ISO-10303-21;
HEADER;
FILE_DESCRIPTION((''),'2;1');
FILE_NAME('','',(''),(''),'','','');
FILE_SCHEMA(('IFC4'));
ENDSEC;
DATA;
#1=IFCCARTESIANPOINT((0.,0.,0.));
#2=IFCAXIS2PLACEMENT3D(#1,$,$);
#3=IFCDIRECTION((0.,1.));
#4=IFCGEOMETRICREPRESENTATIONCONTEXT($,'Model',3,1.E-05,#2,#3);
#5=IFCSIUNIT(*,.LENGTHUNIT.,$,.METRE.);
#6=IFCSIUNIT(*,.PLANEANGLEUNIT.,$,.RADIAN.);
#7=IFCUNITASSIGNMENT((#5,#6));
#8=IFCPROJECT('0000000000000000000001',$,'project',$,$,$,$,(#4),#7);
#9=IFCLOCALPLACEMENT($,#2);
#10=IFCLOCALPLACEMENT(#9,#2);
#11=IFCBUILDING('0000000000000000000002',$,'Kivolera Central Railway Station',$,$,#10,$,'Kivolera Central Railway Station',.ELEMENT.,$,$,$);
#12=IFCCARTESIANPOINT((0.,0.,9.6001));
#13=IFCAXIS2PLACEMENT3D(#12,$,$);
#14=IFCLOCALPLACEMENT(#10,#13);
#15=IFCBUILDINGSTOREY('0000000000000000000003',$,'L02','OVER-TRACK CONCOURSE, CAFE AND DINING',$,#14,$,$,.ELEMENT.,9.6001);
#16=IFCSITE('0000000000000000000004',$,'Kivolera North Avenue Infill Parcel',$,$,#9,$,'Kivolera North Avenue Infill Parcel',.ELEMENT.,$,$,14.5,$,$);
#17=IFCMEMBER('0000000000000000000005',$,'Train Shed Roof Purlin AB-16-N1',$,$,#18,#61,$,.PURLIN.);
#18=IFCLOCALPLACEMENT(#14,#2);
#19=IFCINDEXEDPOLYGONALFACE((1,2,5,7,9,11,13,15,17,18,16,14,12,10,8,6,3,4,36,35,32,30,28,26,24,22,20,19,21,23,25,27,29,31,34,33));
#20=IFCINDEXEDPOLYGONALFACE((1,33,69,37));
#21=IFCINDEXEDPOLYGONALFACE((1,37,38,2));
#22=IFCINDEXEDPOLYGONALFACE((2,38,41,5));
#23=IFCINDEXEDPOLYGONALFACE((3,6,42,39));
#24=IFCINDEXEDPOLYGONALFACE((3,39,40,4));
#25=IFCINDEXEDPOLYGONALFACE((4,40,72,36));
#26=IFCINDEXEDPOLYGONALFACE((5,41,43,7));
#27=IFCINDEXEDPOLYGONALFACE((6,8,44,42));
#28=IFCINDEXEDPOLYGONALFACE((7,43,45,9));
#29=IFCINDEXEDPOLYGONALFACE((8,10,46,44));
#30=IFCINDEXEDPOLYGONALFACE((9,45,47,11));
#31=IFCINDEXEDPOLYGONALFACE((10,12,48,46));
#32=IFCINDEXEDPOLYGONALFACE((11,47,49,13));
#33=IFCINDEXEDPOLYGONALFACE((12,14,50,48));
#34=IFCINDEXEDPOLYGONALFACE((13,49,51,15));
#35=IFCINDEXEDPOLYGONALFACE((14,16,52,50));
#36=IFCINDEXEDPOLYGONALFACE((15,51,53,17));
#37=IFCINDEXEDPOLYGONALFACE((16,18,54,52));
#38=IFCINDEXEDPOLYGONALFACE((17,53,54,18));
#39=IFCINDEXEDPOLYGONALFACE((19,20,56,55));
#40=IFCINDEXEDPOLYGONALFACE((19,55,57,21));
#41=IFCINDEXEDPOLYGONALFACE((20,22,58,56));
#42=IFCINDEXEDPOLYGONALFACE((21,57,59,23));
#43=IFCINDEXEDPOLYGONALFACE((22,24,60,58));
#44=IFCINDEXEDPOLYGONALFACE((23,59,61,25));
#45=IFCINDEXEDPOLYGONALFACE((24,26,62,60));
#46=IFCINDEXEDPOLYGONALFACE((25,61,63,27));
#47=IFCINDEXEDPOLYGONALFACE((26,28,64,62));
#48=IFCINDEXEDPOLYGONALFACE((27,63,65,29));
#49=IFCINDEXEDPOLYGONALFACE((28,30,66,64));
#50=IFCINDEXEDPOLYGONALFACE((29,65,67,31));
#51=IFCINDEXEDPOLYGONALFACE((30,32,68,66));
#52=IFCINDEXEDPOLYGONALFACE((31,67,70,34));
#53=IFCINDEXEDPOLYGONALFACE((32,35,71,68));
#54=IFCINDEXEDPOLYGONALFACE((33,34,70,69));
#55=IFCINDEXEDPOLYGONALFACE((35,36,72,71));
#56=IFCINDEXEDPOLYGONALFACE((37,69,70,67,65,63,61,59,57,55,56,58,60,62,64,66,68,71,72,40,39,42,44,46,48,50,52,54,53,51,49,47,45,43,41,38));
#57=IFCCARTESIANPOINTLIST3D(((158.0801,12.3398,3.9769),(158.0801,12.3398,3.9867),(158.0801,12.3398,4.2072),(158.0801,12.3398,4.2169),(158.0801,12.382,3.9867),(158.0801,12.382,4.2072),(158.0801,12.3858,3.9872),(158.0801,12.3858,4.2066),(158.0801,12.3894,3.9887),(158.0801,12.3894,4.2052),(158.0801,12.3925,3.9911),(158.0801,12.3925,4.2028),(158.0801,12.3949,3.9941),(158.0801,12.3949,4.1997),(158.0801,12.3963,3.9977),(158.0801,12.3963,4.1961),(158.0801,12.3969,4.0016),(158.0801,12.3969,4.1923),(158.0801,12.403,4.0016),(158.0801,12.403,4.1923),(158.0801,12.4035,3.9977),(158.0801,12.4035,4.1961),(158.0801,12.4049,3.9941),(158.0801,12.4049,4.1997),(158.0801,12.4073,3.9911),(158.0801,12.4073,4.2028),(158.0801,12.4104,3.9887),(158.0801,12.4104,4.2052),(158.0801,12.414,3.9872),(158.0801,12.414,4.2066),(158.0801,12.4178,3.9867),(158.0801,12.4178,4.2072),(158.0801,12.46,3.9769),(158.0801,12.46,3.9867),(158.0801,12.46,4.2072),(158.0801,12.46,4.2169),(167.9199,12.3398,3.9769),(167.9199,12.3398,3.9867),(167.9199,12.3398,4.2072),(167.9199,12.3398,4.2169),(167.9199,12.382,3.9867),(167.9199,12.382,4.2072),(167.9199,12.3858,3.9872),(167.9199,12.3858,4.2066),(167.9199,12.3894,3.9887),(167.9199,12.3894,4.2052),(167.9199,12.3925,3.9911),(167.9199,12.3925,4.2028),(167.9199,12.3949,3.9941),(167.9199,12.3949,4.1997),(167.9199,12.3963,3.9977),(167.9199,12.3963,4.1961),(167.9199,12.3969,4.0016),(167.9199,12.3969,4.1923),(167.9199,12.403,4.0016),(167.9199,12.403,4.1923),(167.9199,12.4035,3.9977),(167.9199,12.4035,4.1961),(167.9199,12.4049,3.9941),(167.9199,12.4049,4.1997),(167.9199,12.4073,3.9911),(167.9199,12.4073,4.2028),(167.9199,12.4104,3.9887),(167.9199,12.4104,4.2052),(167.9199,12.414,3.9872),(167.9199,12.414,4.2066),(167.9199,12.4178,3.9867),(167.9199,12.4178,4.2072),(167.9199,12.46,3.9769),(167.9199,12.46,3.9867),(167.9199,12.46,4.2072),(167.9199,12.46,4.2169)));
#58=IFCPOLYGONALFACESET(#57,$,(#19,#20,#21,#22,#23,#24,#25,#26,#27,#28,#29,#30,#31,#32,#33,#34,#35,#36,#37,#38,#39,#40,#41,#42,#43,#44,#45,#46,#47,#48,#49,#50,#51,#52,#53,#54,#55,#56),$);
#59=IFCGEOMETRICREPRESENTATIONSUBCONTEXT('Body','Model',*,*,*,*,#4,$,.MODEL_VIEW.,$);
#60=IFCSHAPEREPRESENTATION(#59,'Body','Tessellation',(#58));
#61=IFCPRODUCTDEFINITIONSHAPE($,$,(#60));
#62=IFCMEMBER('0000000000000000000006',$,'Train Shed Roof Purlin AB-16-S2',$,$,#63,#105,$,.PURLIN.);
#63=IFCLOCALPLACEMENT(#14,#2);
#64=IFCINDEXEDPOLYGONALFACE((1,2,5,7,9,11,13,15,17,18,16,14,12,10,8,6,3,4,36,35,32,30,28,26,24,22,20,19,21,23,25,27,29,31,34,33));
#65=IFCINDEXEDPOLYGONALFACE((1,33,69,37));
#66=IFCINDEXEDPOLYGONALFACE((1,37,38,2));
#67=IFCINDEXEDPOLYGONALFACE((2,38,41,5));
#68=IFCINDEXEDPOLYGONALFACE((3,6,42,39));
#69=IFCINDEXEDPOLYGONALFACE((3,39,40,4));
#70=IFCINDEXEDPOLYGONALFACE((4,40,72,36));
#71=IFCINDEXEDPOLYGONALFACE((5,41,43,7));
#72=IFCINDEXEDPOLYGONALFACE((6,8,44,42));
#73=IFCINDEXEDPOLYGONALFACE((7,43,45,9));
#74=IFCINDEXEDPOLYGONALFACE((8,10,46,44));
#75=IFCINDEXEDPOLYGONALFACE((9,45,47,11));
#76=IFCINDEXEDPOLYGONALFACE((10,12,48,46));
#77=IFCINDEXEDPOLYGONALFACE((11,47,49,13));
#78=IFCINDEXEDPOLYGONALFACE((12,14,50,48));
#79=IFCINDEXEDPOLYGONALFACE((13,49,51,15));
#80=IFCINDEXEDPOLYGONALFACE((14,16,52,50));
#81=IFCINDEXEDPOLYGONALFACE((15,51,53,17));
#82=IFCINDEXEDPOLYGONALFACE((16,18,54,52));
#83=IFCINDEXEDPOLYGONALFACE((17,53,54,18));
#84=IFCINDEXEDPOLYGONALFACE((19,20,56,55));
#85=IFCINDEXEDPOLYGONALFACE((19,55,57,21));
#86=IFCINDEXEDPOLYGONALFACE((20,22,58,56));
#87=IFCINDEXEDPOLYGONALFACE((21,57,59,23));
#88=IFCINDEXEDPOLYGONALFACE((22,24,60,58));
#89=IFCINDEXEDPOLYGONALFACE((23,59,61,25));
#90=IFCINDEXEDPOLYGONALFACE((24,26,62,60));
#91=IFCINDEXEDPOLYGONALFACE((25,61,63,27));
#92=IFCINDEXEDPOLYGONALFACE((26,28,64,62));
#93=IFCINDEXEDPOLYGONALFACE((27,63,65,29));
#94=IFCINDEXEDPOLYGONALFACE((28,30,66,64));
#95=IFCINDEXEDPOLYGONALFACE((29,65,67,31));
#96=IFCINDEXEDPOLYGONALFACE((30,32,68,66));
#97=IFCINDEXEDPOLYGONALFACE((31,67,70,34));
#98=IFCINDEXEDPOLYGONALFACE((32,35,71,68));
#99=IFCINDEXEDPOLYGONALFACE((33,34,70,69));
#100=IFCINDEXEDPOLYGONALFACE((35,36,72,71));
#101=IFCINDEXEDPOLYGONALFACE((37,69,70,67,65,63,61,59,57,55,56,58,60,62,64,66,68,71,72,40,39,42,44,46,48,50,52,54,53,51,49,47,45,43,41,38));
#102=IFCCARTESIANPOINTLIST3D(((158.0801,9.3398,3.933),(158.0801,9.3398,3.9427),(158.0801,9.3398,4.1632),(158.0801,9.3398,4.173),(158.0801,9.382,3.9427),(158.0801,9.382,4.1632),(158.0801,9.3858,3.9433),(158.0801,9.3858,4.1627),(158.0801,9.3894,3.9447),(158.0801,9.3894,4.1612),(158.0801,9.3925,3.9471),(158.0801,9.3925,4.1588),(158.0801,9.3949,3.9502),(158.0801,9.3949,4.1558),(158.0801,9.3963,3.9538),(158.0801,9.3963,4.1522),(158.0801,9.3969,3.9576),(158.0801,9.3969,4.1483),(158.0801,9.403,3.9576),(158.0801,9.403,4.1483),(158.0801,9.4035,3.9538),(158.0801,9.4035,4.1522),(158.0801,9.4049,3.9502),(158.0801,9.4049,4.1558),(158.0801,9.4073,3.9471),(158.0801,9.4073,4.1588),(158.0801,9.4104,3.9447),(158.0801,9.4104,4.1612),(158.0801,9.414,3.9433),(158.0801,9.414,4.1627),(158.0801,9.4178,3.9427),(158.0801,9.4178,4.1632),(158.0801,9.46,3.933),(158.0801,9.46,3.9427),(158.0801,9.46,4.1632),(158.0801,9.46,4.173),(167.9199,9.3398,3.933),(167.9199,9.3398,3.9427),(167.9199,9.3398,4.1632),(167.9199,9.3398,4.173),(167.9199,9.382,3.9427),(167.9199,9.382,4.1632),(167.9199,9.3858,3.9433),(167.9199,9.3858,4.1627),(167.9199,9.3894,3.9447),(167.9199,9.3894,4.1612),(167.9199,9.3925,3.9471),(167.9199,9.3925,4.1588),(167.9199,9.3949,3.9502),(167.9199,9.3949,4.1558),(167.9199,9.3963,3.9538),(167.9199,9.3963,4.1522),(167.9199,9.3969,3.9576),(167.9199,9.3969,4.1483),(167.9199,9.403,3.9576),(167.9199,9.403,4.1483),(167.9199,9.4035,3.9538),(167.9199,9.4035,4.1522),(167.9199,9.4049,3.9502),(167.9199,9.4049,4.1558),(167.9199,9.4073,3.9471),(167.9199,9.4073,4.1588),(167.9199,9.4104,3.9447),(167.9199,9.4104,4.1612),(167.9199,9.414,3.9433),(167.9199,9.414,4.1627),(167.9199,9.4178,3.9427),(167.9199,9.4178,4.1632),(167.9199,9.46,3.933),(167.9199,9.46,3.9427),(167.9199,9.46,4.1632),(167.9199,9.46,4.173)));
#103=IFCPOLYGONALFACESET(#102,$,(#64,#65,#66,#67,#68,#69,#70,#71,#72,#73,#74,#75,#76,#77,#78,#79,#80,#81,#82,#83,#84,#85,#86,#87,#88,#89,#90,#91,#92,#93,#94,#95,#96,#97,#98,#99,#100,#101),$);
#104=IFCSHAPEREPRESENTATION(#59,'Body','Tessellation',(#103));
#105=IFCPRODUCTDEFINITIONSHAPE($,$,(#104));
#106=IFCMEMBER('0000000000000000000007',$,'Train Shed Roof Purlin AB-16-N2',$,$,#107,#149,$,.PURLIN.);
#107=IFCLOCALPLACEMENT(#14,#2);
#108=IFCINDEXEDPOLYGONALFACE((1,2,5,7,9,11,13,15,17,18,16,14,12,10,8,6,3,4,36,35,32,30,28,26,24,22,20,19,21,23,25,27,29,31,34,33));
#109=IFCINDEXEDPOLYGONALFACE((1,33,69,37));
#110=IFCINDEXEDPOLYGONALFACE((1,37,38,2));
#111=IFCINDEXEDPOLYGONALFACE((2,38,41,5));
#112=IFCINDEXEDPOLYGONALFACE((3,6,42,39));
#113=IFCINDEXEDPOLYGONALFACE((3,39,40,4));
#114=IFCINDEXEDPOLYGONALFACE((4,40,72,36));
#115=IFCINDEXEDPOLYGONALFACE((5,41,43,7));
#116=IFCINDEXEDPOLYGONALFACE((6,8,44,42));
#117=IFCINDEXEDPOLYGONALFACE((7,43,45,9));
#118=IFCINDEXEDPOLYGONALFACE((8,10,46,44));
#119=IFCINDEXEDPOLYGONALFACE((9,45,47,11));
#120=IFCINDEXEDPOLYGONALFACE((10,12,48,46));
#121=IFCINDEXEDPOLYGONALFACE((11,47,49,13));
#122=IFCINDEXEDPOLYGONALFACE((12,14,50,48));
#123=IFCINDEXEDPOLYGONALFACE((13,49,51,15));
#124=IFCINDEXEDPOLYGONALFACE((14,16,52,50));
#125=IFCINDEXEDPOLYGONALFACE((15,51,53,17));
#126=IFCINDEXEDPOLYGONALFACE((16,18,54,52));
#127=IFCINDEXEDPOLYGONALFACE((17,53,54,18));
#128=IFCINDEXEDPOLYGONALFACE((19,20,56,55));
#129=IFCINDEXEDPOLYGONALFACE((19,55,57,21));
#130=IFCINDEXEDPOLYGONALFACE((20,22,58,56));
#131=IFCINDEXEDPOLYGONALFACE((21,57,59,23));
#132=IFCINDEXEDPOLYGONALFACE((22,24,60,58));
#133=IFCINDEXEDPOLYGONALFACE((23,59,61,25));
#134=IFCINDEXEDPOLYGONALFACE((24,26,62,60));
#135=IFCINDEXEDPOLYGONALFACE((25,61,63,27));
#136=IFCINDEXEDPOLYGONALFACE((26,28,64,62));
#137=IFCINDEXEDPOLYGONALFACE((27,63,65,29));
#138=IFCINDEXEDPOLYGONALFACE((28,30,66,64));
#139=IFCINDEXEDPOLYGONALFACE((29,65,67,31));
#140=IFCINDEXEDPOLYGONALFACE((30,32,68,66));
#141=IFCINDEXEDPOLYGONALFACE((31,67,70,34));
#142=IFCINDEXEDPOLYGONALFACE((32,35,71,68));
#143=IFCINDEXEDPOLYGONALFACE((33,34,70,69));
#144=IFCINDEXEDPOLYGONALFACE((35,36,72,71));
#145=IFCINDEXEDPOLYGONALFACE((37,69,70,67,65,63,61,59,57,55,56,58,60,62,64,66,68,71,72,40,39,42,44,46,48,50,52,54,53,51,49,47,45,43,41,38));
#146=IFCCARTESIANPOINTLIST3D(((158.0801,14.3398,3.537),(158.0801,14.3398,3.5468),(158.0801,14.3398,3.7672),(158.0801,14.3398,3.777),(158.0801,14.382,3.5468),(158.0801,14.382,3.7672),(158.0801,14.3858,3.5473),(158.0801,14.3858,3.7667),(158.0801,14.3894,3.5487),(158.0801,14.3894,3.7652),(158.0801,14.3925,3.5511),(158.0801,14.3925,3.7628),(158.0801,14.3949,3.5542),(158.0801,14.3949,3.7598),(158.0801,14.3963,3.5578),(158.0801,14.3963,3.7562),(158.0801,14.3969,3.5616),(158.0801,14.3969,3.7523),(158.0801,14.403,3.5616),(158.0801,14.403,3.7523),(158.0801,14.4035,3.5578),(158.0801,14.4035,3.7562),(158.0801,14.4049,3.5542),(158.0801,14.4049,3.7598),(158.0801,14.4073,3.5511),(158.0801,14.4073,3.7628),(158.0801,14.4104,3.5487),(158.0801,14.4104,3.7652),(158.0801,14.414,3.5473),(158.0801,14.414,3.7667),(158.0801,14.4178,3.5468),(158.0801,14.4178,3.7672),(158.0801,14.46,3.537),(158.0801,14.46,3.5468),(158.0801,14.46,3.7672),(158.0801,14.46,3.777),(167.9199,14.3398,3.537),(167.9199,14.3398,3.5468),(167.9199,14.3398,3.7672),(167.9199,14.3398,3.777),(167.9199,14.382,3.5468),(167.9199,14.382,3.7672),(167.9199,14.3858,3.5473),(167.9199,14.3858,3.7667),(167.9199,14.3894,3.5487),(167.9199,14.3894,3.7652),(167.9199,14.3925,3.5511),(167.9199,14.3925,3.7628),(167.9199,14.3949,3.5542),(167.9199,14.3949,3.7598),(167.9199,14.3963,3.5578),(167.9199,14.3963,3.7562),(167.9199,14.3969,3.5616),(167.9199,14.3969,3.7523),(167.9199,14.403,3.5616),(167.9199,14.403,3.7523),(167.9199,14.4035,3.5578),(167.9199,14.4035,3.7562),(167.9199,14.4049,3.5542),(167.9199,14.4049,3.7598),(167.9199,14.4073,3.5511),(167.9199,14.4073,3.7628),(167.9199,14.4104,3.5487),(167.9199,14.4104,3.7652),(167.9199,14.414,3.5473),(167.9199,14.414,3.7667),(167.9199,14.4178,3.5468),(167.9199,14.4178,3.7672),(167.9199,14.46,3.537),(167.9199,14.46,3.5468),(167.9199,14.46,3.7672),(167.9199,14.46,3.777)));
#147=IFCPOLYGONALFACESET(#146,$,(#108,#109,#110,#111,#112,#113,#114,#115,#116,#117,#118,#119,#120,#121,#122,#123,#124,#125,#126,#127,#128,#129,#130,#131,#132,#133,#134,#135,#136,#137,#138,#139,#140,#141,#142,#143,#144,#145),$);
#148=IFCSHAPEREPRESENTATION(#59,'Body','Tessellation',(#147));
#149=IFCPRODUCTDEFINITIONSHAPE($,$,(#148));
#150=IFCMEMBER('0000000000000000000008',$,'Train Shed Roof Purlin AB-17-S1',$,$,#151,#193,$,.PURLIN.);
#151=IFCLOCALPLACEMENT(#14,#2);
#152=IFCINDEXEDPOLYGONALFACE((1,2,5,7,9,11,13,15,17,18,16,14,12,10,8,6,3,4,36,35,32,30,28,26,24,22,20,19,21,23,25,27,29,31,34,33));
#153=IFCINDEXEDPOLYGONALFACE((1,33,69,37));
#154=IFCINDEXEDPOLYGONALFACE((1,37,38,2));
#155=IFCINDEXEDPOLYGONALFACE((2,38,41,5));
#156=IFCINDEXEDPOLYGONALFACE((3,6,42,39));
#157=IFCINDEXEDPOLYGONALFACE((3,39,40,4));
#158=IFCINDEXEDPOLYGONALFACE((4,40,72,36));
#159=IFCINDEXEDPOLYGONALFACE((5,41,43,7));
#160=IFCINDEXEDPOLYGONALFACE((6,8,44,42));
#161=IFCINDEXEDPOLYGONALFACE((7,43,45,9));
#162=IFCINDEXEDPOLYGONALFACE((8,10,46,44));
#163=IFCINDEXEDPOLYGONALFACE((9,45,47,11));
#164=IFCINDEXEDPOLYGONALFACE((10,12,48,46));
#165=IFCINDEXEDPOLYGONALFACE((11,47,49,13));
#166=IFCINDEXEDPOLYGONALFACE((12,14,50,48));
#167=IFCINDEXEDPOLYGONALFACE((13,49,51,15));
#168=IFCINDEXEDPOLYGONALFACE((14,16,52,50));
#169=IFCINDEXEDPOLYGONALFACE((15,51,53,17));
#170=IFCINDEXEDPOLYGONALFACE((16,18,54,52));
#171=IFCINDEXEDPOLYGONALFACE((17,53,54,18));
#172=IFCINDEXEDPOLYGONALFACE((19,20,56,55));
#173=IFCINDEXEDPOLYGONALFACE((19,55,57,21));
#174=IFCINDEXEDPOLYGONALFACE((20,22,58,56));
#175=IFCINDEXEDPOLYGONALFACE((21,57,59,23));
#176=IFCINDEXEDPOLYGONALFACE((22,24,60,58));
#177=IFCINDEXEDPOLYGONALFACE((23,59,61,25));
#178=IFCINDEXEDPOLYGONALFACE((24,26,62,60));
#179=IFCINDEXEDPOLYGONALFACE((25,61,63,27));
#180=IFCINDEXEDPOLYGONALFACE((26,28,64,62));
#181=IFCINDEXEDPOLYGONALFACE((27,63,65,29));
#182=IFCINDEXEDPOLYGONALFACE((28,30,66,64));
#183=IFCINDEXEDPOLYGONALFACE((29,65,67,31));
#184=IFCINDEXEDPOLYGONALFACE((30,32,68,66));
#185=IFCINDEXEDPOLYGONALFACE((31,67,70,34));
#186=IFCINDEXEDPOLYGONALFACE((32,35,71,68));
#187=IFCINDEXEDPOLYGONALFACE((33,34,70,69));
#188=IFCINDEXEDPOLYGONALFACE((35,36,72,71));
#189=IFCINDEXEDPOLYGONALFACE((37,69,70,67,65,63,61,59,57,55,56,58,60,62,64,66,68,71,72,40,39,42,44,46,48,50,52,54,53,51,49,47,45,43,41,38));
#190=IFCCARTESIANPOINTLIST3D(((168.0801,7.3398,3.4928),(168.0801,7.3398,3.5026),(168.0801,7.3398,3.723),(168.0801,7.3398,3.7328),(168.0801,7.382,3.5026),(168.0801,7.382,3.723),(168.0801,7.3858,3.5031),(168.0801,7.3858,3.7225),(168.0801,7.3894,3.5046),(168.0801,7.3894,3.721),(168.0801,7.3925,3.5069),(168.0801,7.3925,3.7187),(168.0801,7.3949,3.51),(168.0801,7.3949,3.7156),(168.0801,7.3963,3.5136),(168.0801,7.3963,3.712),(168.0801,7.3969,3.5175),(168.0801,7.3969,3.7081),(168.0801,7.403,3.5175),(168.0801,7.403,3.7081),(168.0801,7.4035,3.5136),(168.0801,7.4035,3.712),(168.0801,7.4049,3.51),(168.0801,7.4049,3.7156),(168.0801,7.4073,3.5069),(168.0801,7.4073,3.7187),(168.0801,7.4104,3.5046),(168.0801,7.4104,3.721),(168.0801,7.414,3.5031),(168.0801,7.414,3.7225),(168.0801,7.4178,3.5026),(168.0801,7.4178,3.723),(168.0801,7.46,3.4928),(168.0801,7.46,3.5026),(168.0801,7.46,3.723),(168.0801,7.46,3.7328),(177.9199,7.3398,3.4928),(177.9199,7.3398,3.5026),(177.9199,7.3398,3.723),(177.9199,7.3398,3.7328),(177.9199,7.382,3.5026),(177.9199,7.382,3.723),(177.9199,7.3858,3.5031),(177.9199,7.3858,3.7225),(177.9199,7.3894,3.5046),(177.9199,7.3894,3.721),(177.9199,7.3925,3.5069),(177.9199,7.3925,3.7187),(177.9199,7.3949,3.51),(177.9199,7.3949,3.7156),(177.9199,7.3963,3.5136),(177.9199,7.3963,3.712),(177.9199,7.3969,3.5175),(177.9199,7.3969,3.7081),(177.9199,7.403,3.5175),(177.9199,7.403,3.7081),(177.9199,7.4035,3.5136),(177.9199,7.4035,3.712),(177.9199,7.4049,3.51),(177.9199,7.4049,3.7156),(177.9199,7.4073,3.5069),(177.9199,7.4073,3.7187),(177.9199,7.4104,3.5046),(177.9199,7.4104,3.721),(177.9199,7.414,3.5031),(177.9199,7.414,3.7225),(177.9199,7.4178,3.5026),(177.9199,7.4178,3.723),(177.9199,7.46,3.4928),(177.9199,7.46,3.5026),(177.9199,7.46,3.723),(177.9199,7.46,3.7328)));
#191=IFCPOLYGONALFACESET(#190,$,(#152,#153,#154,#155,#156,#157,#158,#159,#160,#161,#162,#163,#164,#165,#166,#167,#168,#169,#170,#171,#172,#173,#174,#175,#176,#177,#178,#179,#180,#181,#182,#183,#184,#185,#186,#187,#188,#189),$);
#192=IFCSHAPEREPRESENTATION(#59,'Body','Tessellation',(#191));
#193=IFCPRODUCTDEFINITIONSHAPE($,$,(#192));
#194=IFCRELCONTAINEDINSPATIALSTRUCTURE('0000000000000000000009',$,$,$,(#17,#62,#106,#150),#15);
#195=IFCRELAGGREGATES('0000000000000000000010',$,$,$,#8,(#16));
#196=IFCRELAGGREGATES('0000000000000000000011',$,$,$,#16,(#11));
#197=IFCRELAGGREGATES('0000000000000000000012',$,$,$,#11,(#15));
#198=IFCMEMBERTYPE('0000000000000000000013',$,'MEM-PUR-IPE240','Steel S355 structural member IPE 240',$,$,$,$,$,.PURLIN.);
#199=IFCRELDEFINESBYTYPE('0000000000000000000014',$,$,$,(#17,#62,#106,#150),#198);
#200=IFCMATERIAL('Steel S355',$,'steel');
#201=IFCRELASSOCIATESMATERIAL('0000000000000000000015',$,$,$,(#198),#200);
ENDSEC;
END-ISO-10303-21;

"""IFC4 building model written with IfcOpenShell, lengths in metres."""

from ifc_helpers import new_model, si_unit, direction, frame, origin, origin_2d, place, context, subcontext, project, spatial, i_section, extrude, material, material_profile, profile_set, type_object, element, save


model = new_model("IFC4")

# Units and contexts
model_context = context("Model", 3, precision=1e-05, world=origin(), true_north=direction((0.0, 1.0)))
body_context = subcontext(model_context, "Body", "Model", "MODEL_VIEW")
ifc_project = project(units=[si_unit("LENGTHUNIT", "METRE"), si_unit("PLANEANGLEUNIT", "RADIAN")], contexts=[model_context])

# Site, building, storey
site_placement = place(None, origin())
site = spatial("IfcSite", under=ifc_project, at=site_placement, Name="Kivolera North Avenue Infill Parcel", LongName="Kivolera North Avenue Infill Parcel", CompositionType="ELEMENT", RefElevation=14.5)
building_placement = place(site_placement, origin())
building = spatial("IfcBuilding", under=site, at=building_placement, Name="Kivolera Central Railway Station", LongName="Kivolera Central Railway Station", CompositionType="ELEMENT")
storey_placement = place(building_placement, frame((0.0, 0.0, 9.6001)))
storey = spatial("IfcBuildingStorey", under=building, at=storey_placement, Name="L02", Description="OVER-TRACK CONCOURSE, CAFE AND DINING", CompositionType="ELEMENT", Elevation=9.6001)

# Shared definitions
ifc_material_1 = material(Name="Steel S355", Category="steel")

# Members
ifc_material_profile_1 = material_profile(ifc_material_1, i_section(OverallWidth=0.1201, OverallDepth=0.24, WebThickness=0.0061, FlangeThickness=0.0098, FilletRadius=0.0149, at=origin_2d()), Name="IPE 240")
ifc_profile_set_1 = profile_set([ifc_material_profile_1], Name="Steel S355")
member_type_1 = type_object("IfcMemberType", Name="MEM-PUR-IPE240", Description="Steel S355 structural member IPE 240", PredefinedType="PURLIN", material=ifc_profile_set_1)
for number, where, z_axis, x_axis, name in (
    (1, (158.0801, 12.3999, 4.0969), (1.0, 0.0, 0.0), (0.0, 1.0, 0.0), "Train Shed Roof Purlin AB-16-N1"),
    (2, (158.0801, 9.3999, 4.053), (1.0, 0.0, 0.0), (0.0, 1.0, 0.0), "Train Shed Roof Purlin AB-16-S2"),
    (3, (158.0801, 14.3999, 3.657), (1.0, 0.0, 0.0), (0.0, 1.0, 0.0), "Train Shed Roof Purlin AB-16-N2"),
    (4, (168.0801, 7.3999, 3.6128), (1.0, 0.0, 0.0), (0.0, 1.0, 0.0), "Train Shed Roof Purlin AB-17-S1"),
):
    element("IfcMember", number, at=place(storey_placement, frame(where, z_axis=z_axis, x_axis=x_axis)), inside=storey, type_object=member_type_1, Name=name, PredefinedType="PURLIN", context=body_context, shape_type="SweptSolid", body=[
        extrude(i_section(OverallWidth=0.1201, OverallDepth=0.24, WebThickness=0.0061, FlangeThickness=0.0098, FilletRadius=0.0149, at=origin_2d()), origin(), (0.0, 0.0, 1.0), 9.8398),
    ])

save(model, "model.ifc")
